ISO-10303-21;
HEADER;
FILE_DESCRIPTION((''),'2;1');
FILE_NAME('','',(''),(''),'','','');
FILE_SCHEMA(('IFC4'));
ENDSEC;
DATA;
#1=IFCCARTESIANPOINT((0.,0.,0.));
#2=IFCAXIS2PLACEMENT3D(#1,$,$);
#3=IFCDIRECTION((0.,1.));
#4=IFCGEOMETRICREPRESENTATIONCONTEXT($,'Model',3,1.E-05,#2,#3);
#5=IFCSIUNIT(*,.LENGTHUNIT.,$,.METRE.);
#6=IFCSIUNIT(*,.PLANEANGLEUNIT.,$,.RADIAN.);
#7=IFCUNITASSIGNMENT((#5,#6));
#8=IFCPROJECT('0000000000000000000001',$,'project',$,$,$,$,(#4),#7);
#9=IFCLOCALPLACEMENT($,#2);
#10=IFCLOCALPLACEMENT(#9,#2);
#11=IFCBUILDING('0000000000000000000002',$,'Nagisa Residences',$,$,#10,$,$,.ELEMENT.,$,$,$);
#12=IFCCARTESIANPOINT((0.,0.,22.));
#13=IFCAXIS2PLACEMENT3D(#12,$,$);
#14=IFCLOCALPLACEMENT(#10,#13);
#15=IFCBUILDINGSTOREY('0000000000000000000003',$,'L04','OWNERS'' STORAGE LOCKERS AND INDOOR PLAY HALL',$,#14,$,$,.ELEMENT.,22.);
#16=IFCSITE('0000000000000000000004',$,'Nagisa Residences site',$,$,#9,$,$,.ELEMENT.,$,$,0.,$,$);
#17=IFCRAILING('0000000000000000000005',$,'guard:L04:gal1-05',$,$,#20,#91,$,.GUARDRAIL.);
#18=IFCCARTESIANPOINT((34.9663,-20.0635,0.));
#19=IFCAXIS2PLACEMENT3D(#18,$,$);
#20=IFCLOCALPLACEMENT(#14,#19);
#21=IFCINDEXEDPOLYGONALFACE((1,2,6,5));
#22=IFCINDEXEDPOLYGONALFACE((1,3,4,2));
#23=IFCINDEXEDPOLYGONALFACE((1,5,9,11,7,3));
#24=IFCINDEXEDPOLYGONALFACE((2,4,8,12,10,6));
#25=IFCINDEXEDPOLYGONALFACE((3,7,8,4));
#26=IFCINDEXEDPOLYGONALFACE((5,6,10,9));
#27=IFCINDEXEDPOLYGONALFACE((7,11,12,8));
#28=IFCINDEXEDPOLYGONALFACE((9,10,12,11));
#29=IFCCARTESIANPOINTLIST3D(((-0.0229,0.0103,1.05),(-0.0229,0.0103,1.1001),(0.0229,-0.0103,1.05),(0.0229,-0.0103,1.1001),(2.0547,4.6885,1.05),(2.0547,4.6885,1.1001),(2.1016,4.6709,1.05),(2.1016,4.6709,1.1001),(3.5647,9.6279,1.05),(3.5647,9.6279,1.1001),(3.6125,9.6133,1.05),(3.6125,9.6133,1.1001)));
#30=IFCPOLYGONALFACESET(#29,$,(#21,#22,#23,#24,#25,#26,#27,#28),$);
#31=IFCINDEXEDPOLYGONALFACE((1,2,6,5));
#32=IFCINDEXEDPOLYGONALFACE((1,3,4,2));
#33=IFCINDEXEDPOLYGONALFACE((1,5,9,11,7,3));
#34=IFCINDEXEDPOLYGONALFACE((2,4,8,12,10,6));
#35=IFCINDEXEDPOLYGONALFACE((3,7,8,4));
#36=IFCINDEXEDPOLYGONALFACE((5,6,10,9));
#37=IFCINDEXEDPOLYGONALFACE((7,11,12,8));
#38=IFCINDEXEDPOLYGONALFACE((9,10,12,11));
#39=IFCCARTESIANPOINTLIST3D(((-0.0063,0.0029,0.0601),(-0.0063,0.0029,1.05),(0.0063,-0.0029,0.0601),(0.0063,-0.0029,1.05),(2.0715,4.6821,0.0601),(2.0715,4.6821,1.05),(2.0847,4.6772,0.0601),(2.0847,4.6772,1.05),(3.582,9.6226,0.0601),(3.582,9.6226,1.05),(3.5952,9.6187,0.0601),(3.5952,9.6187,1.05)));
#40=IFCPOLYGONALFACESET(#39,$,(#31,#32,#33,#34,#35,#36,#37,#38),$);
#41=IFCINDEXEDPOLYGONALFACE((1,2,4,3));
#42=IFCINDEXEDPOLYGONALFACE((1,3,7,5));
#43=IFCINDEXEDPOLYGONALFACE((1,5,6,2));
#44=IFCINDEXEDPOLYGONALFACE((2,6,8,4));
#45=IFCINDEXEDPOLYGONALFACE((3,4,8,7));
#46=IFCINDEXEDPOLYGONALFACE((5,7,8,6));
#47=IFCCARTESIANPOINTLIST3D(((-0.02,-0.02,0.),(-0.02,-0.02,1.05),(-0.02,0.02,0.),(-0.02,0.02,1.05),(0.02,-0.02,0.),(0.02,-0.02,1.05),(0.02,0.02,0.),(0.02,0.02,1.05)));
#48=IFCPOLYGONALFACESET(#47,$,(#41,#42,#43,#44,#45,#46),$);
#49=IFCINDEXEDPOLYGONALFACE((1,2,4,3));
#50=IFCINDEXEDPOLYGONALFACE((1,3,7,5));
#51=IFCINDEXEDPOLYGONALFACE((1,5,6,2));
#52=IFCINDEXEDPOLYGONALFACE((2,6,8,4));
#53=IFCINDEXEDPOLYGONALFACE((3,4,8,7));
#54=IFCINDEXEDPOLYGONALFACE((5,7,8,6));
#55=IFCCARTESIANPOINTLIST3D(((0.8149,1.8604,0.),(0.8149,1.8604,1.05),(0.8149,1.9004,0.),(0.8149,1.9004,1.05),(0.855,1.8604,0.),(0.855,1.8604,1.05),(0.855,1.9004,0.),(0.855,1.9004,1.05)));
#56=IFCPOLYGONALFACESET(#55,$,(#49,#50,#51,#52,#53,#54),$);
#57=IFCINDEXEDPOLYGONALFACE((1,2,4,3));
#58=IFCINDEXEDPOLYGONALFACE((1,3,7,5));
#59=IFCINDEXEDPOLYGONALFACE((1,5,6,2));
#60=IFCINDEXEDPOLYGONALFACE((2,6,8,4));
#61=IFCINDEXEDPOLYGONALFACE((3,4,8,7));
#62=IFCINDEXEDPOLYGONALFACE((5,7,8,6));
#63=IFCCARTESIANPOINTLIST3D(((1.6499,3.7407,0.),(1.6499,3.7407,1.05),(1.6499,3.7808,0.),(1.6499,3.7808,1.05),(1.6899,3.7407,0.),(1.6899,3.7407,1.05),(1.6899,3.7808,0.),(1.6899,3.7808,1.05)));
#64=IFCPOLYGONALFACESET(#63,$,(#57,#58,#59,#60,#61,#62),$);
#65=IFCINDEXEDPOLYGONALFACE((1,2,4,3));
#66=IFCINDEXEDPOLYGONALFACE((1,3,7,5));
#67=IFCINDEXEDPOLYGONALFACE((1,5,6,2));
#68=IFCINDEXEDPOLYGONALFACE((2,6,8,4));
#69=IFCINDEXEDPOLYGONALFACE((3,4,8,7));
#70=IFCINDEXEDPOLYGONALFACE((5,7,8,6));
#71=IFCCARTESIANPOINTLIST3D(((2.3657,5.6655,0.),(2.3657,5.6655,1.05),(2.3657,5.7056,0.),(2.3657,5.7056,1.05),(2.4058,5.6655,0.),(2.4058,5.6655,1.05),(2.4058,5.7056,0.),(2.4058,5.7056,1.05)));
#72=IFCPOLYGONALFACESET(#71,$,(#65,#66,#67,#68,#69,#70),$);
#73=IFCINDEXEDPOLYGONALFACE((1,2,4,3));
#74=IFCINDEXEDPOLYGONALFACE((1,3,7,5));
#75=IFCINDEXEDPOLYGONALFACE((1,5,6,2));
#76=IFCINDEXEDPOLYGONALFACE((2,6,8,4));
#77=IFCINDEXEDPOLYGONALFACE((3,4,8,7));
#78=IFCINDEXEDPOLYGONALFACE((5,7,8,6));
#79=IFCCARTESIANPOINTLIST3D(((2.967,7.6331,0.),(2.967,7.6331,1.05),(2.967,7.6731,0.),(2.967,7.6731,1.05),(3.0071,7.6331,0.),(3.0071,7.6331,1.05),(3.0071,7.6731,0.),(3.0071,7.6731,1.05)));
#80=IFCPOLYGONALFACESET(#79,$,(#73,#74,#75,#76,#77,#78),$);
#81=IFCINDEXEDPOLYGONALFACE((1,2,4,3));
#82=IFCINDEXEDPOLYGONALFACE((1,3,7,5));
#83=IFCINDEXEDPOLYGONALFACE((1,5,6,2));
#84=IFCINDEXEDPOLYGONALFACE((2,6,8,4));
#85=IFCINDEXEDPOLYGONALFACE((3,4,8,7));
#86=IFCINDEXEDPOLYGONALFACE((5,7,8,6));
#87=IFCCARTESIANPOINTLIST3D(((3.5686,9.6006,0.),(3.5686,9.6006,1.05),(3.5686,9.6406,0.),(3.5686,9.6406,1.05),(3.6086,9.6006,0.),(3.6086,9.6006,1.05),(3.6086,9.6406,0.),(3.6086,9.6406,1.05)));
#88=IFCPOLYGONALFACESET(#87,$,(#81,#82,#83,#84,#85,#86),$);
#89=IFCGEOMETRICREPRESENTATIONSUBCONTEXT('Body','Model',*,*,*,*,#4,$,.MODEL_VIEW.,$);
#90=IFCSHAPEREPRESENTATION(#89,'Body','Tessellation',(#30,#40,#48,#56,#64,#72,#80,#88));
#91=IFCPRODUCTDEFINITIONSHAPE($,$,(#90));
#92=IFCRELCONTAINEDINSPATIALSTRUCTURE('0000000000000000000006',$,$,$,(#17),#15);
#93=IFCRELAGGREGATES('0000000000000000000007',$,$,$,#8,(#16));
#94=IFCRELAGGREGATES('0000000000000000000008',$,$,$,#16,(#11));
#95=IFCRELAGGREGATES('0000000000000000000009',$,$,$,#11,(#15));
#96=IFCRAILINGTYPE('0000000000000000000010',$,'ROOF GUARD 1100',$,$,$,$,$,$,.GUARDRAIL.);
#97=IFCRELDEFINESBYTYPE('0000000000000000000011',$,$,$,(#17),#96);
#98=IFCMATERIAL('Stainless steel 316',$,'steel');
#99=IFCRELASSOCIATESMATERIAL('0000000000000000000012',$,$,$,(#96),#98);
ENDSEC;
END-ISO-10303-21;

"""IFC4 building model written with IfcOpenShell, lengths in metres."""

from ifc_helpers import new_model, si_unit, direction, frame, origin, origin_2d, place, context, subcontext, project, spatial, polyline, rectangle, outline, extrude, material, type_object, element, save


model = new_model("IFC4")

# Units and contexts
model_context = context("Model", 3, precision=1e-05, world=origin(), true_north=direction((0.0, 1.0)))
body_context = subcontext(model_context, "Body", "Model", "MODEL_VIEW")
ifc_project = project(units=[si_unit("LENGTHUNIT", "METRE"), si_unit("PLANEANGLEUNIT", "RADIAN")], contexts=[model_context])

# Site, building, storey
site_placement = place(None, origin())
site = spatial("IfcSite", under=ifc_project, at=site_placement, Name="Nagisa Residences site", CompositionType="ELEMENT", RefElevation=0.0)
building_placement = place(site_placement, origin())
building = spatial("IfcBuilding", under=site, at=building_placement, Name="Nagisa Residences", CompositionType="ELEMENT")
storey_placement = place(building_placement, frame((0.0, 0.0, 22.0)))
storey = spatial("IfcBuildingStorey", under=building, at=storey_placement, Name="L04", Description="OWNERS' STORAGE LOCKERS AND INDOOR PLAY HALL", CompositionType="ELEMENT", Elevation=22.0)

# Railing
ifc_material_1 = material(Name="Stainless steel 316", Category="steel")
railing_type = type_object("IfcRailingType", Name="ROOF GUARD 1100", PredefinedType="GUARDRAIL", material=ifc_material_1)
railing_placement = place(storey_placement, frame((34.9663, -20.0635, 0.0)))
element("IfcRailing", 1, at=railing_placement, inside=storey, type_object=railing_type, Name="guard:L04:gal1-05", PredefinedType="GUARDRAIL", context=body_context, shape_type="SweptSolid", body=[
    extrude(outline(polyline([(2.0547, 4.6885), (-0.0229, 0.0103), (0.0229, -0.0103), (2.1016, 4.6709), (3.6125, 9.6133), (3.5647, 9.6279), (2.0547, 4.6885)])), frame((0.0, 0.0, 1.05)), (0.0, 0.0, 1.0), 0.05),
    extrude(outline(polyline([(2.0715, 4.6821), (-0.0063, 0.0029), (0.0063, -0.0029), (2.0847, 4.6772), (3.5952, 9.6187), (3.582, 9.6226), (2.0715, 4.6821)])), frame((0.0, 0.0, 0.0601)), (0.0, 0.0, 1.0), 0.99),
    extrude(rectangle(XDim=0.04, YDim=0.04, at=origin_2d()), origin(), (0.0, 0.0, 1.0), 1.05),
    extrude(rectangle(XDim=0.04, YDim=0.04, at=origin_2d()), frame((0.835, 1.8804, 0.0)), (0.0, 0.0, 1.0), 1.05),
    extrude(rectangle(XDim=0.04, YDim=0.04, at=origin_2d()), frame((1.6699, 3.7607, 0.0)), (0.0, 0.0, 1.0), 1.05),
    extrude(rectangle(XDim=0.04, YDim=0.04, at=origin_2d()), frame((2.3857, 5.6855, 0.0)), (0.0, 0.0, 1.0), 1.05),
    extrude(rectangle(XDim=0.04, YDim=0.04, at=origin_2d()), frame((2.9871, 7.6531, 0.0)), (0.0, 0.0, 1.0), 1.05),
    extrude(rectangle(XDim=0.04, YDim=0.04, at=origin_2d()), frame((3.5886, 9.6206, 0.0)), (0.0, 0.0, 1.0), 1.05),
])

save(model, "model.ifc")
